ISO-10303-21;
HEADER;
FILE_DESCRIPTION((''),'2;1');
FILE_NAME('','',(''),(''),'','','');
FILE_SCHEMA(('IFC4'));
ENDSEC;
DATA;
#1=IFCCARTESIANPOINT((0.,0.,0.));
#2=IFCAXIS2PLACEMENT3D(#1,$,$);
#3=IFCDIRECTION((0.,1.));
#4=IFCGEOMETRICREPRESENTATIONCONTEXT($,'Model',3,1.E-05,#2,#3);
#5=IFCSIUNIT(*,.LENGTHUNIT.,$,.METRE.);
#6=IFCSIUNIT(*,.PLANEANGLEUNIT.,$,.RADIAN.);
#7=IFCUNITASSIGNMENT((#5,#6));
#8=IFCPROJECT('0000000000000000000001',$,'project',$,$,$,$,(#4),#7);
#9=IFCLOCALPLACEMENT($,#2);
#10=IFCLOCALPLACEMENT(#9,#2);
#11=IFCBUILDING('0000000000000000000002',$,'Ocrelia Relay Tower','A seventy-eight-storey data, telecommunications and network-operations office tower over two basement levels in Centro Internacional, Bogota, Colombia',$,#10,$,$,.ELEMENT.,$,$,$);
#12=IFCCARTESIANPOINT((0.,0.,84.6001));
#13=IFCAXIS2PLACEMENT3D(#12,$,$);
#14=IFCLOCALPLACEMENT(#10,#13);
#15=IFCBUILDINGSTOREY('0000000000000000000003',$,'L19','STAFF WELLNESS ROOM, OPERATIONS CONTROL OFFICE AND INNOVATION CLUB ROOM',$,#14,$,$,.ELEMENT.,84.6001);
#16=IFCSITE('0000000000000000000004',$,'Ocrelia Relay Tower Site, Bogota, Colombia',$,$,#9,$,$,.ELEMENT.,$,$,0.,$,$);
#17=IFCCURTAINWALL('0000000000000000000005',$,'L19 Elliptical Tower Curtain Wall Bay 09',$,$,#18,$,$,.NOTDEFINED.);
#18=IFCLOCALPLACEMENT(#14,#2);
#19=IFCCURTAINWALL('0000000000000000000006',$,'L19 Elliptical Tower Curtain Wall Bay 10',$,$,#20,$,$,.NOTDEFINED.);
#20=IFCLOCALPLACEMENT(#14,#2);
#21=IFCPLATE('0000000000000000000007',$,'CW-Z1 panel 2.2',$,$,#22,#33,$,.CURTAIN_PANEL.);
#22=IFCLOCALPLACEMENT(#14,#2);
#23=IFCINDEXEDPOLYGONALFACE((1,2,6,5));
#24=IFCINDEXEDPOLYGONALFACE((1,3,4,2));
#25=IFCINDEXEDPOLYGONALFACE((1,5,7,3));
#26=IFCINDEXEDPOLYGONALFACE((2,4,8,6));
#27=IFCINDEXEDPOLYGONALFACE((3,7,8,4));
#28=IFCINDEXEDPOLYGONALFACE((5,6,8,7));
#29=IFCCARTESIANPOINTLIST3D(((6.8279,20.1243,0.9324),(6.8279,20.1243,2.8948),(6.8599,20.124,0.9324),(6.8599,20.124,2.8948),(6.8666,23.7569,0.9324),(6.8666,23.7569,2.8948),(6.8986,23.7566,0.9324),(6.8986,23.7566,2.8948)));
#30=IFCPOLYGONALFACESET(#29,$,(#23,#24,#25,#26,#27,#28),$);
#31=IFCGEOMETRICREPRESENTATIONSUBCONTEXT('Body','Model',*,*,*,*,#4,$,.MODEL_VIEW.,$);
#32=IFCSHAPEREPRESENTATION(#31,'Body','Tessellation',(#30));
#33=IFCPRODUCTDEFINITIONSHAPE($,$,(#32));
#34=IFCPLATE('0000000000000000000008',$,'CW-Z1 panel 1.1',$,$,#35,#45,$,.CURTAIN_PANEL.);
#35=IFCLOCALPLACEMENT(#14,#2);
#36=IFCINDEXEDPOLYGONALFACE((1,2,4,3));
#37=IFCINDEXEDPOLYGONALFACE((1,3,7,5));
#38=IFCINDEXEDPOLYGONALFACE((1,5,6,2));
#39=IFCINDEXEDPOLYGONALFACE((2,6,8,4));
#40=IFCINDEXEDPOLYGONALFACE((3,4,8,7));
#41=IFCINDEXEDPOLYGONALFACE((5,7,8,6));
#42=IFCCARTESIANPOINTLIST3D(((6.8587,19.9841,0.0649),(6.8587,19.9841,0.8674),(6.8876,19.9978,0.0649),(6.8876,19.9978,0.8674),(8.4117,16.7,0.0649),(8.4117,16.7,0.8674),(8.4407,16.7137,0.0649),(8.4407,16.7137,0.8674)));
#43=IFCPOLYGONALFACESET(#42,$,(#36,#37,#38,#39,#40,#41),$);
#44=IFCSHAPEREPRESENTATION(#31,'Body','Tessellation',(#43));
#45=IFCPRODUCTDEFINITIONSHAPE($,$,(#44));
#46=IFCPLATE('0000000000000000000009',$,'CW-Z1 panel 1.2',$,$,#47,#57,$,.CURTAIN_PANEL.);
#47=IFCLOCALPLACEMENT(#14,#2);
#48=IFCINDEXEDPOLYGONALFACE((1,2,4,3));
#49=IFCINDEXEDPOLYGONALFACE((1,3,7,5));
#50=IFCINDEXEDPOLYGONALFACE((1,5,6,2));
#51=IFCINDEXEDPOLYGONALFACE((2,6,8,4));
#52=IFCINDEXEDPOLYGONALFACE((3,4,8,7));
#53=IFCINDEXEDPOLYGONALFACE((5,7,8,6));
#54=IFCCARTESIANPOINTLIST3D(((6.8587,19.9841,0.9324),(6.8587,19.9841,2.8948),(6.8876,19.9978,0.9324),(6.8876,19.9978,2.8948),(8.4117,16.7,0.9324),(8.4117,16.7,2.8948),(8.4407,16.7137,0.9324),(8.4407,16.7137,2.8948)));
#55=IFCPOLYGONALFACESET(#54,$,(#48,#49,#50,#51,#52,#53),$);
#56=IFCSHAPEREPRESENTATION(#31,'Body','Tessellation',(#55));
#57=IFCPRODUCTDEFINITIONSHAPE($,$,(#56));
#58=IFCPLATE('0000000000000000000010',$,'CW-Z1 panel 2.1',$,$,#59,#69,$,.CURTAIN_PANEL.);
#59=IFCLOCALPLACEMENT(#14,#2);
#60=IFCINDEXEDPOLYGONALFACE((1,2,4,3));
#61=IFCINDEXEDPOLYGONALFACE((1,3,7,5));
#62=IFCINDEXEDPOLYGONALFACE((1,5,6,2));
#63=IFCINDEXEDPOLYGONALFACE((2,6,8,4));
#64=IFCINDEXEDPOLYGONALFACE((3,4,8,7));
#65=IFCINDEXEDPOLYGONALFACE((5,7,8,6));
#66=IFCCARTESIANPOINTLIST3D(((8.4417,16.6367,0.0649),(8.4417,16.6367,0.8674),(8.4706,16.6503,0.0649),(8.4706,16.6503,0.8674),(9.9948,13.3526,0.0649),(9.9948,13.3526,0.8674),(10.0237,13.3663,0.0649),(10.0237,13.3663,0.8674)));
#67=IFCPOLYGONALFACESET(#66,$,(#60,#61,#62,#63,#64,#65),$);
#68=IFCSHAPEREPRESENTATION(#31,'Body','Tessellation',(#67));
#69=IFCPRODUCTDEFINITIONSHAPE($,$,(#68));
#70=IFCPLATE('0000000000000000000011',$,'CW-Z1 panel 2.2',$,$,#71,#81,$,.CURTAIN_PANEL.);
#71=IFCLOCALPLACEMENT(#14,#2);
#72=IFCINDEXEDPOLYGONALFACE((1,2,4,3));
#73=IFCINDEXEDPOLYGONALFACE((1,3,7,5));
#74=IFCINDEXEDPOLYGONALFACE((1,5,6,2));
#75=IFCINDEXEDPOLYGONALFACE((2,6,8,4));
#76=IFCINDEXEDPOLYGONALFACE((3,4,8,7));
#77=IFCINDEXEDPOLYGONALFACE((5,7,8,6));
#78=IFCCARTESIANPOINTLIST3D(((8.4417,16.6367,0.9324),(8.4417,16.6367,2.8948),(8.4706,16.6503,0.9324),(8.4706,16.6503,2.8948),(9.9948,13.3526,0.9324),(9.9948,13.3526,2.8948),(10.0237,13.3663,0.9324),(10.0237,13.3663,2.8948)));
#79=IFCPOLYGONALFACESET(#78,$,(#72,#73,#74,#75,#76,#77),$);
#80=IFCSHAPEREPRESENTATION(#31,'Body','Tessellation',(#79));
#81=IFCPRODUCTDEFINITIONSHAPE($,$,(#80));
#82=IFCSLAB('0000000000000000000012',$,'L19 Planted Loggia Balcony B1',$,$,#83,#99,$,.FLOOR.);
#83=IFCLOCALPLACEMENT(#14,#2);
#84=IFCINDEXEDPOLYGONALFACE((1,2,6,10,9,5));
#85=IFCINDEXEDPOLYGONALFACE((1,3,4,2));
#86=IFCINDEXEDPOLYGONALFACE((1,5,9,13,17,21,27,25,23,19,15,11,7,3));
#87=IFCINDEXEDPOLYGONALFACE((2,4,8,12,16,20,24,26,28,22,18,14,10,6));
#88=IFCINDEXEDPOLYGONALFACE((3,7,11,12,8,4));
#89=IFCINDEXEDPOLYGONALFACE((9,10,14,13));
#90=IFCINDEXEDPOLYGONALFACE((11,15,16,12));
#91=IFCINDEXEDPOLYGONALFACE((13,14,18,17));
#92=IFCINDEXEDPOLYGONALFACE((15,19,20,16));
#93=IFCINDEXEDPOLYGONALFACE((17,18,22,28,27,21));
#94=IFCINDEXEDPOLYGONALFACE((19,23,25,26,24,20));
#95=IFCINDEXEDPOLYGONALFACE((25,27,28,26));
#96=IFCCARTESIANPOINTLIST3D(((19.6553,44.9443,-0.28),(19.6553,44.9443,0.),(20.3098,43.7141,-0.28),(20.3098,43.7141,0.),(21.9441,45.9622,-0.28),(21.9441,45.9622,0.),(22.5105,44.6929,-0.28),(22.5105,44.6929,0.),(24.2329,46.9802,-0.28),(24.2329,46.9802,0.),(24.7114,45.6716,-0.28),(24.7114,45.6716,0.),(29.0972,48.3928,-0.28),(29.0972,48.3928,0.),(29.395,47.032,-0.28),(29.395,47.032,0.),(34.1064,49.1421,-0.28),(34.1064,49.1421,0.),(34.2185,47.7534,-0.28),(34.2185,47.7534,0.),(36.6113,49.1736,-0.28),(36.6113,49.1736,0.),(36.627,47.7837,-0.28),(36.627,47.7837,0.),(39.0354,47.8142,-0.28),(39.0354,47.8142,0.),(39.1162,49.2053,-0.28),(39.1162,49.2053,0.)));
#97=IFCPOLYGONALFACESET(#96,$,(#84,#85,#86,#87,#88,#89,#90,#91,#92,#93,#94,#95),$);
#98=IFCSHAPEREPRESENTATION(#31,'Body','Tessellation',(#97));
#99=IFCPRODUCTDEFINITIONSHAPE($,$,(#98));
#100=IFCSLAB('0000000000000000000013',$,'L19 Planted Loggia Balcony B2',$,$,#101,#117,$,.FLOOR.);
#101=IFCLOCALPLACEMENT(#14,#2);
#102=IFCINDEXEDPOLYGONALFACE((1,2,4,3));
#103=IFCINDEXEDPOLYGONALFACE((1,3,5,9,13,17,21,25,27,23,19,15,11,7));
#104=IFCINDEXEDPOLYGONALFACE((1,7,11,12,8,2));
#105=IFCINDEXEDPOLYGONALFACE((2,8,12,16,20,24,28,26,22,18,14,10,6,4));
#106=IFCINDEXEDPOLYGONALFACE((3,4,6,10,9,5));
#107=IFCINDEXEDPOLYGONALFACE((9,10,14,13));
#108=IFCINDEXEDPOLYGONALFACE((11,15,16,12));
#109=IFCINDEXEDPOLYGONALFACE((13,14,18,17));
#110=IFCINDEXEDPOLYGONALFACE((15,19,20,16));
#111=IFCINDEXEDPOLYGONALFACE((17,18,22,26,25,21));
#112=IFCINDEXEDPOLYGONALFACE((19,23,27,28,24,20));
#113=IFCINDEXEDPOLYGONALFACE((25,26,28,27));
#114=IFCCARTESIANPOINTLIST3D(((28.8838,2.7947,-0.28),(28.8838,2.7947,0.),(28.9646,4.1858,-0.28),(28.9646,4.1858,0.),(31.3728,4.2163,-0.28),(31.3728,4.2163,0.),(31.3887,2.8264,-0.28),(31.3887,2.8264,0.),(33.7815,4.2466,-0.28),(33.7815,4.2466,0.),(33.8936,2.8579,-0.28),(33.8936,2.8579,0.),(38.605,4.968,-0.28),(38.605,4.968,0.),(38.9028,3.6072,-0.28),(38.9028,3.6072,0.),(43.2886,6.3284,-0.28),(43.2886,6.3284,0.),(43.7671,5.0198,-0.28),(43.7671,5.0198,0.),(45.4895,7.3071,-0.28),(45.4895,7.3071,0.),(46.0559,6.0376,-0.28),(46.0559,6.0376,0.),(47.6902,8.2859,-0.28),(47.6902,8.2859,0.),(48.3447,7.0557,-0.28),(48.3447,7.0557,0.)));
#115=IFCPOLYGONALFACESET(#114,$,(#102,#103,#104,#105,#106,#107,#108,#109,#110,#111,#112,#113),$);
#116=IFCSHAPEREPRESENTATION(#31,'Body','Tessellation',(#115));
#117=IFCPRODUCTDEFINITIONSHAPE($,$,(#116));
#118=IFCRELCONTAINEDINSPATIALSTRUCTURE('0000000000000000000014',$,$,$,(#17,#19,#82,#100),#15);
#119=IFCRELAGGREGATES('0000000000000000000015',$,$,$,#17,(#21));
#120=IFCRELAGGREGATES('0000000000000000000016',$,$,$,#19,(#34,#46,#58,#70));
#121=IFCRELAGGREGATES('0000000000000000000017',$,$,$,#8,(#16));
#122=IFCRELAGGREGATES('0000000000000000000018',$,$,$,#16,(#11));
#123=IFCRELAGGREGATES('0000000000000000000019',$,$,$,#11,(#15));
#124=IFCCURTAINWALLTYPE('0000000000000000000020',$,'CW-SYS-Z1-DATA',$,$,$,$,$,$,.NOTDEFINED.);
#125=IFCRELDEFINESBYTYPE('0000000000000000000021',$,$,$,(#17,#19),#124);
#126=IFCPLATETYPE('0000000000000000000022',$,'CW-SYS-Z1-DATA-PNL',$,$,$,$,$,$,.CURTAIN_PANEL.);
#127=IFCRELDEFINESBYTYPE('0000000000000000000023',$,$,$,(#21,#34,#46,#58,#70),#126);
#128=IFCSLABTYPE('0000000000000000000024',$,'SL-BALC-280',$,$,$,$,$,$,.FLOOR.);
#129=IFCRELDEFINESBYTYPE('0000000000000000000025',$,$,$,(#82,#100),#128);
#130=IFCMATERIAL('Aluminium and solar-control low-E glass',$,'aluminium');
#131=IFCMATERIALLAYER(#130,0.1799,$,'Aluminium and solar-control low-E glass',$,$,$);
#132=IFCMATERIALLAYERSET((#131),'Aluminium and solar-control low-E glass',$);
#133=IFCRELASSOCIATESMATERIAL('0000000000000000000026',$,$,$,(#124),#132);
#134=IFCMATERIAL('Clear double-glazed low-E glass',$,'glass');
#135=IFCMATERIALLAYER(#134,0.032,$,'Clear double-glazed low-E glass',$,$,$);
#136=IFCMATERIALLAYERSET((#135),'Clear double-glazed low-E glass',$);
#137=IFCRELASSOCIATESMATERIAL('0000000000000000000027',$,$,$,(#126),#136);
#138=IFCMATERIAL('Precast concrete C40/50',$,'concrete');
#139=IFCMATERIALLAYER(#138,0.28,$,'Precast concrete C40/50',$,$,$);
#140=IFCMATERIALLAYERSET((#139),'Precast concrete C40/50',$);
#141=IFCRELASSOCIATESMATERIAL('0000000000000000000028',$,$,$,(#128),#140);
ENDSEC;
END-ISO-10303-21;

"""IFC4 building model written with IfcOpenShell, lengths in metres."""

from ifc_helpers import new_model, si_unit, direction, frame, origin, origin_2d, place, context, subcontext, project, spatial, polyline, rectangle, outline, extrude, material, layer, layer_set, type_object, element, aggregate, save


model = new_model("IFC4")

# Units and contexts
model_context = context("Model", 3, precision=1e-05, world=origin(), true_north=direction((0.0, 1.0)))
body_context = subcontext(model_context, "Body", "Model", "MODEL_VIEW")
ifc_project = project(units=[si_unit("LENGTHUNIT", "METRE"), si_unit("PLANEANGLEUNIT", "RADIAN")], contexts=[model_context])

# Site, building, storey
site_placement = place(None, origin())
site = spatial("IfcSite", under=ifc_project, at=site_placement, Name="Ocrelia Relay Tower Site, Bogota, Colombia", CompositionType="ELEMENT", RefElevation=0.0)
building_placement = place(site_placement, origin())
building = spatial("IfcBuilding", under=site, at=building_placement, Name="Ocrelia Relay Tower", Description="A seventy-eight-storey data, telecommunications and network-operations office tower over two basement levels in Centro Internacional, Bogota, Colombia", CompositionType="ELEMENT")
storey_placement = place(building_placement, frame((0.0, 0.0, 84.6001)))
storey = spatial("IfcBuildingStorey", under=building, at=storey_placement, Name="L19", Description="STAFF WELLNESS ROOM, OPERATIONS CONTROL OFFICE AND INNOVATION CLUB ROOM", CompositionType="ELEMENT", Elevation=84.6001)

# Curtain wall
ifc_material_1 = material(Name="Aluminium and solar-control low-E glass", Category="aluminium")
ifc_layer_1 = layer(ifc_material_1, 0.1799, Name="Aluminium and solar-control low-E glass")
ifc_layer_set_1 = layer_set([ifc_layer_1], Name="Aluminium and solar-control low-E glass")
curtain_wall_type = type_object("IfcCurtainWallType", Name="CW-SYS-Z1-DATA", PredefinedType="NOTDEFINED", material=ifc_layer_set_1)
curtain_wall_1_placement = place(storey_placement, origin())
curtain_wall_1 = element("IfcCurtainWall", 1, at=curtain_wall_1_placement, inside=storey, type_object=curtain_wall_type, Name="L19 Elliptical Tower Curtain Wall Bay 09", PredefinedType="NOTDEFINED")

# Curtain wall
curtain_wall_2_placement = place(storey_placement, origin())
curtain_wall_2 = element("IfcCurtainWall", 2, at=curtain_wall_2_placement, inside=storey, type_object=curtain_wall_type, Name="L19 Elliptical Tower Curtain Wall Bay 10", PredefinedType="NOTDEFINED")

# Plates
ifc_material_2 = material(Name="Clear double-glazed low-E glass", Category="glass")
ifc_layer_2 = layer(ifc_material_2, 0.032, Name="Clear double-glazed low-E glass")
ifc_layer_set_2 = layer_set([ifc_layer_2], Name="Clear double-glazed low-E glass")
plate_type = type_object("IfcPlateType", Name="CW-SYS-Z1-DATA-PNL", PredefinedType="CURTAIN_PANEL", material=ifc_layer_set_2)
plate_1_placement = place(storey_placement, frame((6.8633, 21.9404, 0.9324), z_axis=(0.0, 0.0, 1.0), x_axis=(-0.010648, -0.999943, 0.0)))
plate_1 = element("IfcPlate", 3, at=plate_1_placement, type_object=plate_type, Name="CW-Z1 panel 2.2", PredefinedType="CURTAIN_PANEL", context=body_context, shape_type="SweptSolid", body=[
    extrude(rectangle(XDim=3.6328, YDim=0.032, at=origin_2d()), origin(), (0.0, 0.0, 1.0), 1.9624),
])
aggregate(curtain_wall_1, [plate_1])
plate_2_placement = place(storey_placement, frame((7.6497, 18.3489, 0.0649), z_axis=(0.0, 0.0, 1.0), x_axis=(0.427517, -0.904007, 0.0)))
plate_2 = element("IfcPlate", 4, at=plate_2_placement, type_object=plate_type, Name="CW-Z1 panel 1.1", PredefinedType="CURTAIN_PANEL", context=body_context, shape_type="SweptSolid", body=[
    extrude(rectangle(XDim=3.6328, YDim=0.032, at=origin_2d()), origin(), (0.0, 0.0, 1.0), 0.8025),
])
plate_3_placement = place(storey_placement, frame((7.6497, 18.3489, 0.9324), z_axis=(0.0, 0.0, 1.0), x_axis=(0.427517, -0.904007, 0.0)))
plate_3 = element("IfcPlate", 5, at=plate_3_placement, type_object=plate_type, Name="CW-Z1 panel 1.2", PredefinedType="CURTAIN_PANEL", context=body_context, shape_type="SweptSolid", body=[
    extrude(rectangle(XDim=3.6328, YDim=0.032, at=origin_2d()), origin(), (0.0, 0.0, 1.0), 1.9624),
])
plate_4_placement = place(storey_placement, frame((9.2327, 15.0015, 0.0649), z_axis=(0.0, 0.0, 1.0), x_axis=(0.427517, -0.904007, 0.0)))
plate_4 = element("IfcPlate", 6, at=plate_4_placement, type_object=plate_type, Name="CW-Z1 panel 2.1", PredefinedType="CURTAIN_PANEL", context=body_context, shape_type="SweptSolid", body=[
    extrude(rectangle(XDim=3.6328, YDim=0.032, at=origin_2d()), origin(), (0.0, 0.0, 1.0), 0.8025),
])
plate_5_placement = place(storey_placement, frame((9.2327, 15.0015, 0.9324), z_axis=(0.0, 0.0, 1.0), x_axis=(0.427517, -0.904007, 0.0)))
plate_5 = element("IfcPlate", 7, at=plate_5_placement, type_object=plate_type, Name="CW-Z1 panel 2.2", PredefinedType="CURTAIN_PANEL", context=body_context, shape_type="SweptSolid", body=[
    extrude(rectangle(XDim=3.6328, YDim=0.032, at=origin_2d()), origin(), (0.0, 0.0, 1.0), 1.9624),
])
aggregate(curtain_wall_2, [plate_2, plate_3, plate_4, plate_5])

# Slabs
ifc_material_3 = material(Name="Precast concrete C40/50", Category="concrete")
ifc_layer_3 = layer(ifc_material_3, 0.28, Name="Precast concrete C40/50")
ifc_layer_set_3 = layer_set([ifc_layer_3], Name="Precast concrete C40/50")
slab_type_1 = type_object("IfcSlabType", Name="SL-BALC-280", PredefinedType="FLOOR", material=ifc_layer_set_3)
slab_1_placement = place(storey_placement, frame((0.0, 0.0, -0.28)))
element("IfcSlab", 8, at=slab_1_placement, inside=storey, type_object=slab_type_1, Name="L19 Planted Loggia Balcony B1", PredefinedType="FLOOR", context=body_context, shape_type="SweptSolid", body=[
    extrude(outline(polyline([(39.0354, 47.8142), (36.627, 47.7837), (34.2185, 47.7534), (29.395, 47.032), (24.7114, 45.6716), (22.5105, 44.6929), (20.3098, 43.7141), (19.6553, 44.9443), (21.9441, 45.9622), (24.2329, 46.9802), (29.0972, 48.3928), (34.1064, 49.1421), (36.6113, 49.1736), (39.1162, 49.2053), (39.0354, 47.8142)])), origin(), (0.0, 0.0, 1.0), 0.28),
])
slab_2_placement = place(storey_placement, frame((0.0, 0.0, -0.28)))
element("IfcSlab", 9, at=slab_2_placement, inside=storey, type_object=slab_type_1, Name="L19 Planted Loggia Balcony B2", PredefinedType="FLOOR", context=body_context, shape_type="SweptSolid", body=[
    extrude(outline(polyline([(28.9646, 4.1858), (31.3728, 4.2163), (33.7815, 4.2466), (38.605, 4.968), (43.2886, 6.3284), (45.4895, 7.3071), (47.6902, 8.2859), (48.3447, 7.0557), (46.0559, 6.0376), (43.7671, 5.0198), (38.9028, 3.6072), (33.8936, 2.8579), (31.3887, 2.8264), (28.8838, 2.7947), (28.9646, 4.1858)])), origin(), (0.0, 0.0, 1.0), 0.28),
])

save(model, "model.ifc")
